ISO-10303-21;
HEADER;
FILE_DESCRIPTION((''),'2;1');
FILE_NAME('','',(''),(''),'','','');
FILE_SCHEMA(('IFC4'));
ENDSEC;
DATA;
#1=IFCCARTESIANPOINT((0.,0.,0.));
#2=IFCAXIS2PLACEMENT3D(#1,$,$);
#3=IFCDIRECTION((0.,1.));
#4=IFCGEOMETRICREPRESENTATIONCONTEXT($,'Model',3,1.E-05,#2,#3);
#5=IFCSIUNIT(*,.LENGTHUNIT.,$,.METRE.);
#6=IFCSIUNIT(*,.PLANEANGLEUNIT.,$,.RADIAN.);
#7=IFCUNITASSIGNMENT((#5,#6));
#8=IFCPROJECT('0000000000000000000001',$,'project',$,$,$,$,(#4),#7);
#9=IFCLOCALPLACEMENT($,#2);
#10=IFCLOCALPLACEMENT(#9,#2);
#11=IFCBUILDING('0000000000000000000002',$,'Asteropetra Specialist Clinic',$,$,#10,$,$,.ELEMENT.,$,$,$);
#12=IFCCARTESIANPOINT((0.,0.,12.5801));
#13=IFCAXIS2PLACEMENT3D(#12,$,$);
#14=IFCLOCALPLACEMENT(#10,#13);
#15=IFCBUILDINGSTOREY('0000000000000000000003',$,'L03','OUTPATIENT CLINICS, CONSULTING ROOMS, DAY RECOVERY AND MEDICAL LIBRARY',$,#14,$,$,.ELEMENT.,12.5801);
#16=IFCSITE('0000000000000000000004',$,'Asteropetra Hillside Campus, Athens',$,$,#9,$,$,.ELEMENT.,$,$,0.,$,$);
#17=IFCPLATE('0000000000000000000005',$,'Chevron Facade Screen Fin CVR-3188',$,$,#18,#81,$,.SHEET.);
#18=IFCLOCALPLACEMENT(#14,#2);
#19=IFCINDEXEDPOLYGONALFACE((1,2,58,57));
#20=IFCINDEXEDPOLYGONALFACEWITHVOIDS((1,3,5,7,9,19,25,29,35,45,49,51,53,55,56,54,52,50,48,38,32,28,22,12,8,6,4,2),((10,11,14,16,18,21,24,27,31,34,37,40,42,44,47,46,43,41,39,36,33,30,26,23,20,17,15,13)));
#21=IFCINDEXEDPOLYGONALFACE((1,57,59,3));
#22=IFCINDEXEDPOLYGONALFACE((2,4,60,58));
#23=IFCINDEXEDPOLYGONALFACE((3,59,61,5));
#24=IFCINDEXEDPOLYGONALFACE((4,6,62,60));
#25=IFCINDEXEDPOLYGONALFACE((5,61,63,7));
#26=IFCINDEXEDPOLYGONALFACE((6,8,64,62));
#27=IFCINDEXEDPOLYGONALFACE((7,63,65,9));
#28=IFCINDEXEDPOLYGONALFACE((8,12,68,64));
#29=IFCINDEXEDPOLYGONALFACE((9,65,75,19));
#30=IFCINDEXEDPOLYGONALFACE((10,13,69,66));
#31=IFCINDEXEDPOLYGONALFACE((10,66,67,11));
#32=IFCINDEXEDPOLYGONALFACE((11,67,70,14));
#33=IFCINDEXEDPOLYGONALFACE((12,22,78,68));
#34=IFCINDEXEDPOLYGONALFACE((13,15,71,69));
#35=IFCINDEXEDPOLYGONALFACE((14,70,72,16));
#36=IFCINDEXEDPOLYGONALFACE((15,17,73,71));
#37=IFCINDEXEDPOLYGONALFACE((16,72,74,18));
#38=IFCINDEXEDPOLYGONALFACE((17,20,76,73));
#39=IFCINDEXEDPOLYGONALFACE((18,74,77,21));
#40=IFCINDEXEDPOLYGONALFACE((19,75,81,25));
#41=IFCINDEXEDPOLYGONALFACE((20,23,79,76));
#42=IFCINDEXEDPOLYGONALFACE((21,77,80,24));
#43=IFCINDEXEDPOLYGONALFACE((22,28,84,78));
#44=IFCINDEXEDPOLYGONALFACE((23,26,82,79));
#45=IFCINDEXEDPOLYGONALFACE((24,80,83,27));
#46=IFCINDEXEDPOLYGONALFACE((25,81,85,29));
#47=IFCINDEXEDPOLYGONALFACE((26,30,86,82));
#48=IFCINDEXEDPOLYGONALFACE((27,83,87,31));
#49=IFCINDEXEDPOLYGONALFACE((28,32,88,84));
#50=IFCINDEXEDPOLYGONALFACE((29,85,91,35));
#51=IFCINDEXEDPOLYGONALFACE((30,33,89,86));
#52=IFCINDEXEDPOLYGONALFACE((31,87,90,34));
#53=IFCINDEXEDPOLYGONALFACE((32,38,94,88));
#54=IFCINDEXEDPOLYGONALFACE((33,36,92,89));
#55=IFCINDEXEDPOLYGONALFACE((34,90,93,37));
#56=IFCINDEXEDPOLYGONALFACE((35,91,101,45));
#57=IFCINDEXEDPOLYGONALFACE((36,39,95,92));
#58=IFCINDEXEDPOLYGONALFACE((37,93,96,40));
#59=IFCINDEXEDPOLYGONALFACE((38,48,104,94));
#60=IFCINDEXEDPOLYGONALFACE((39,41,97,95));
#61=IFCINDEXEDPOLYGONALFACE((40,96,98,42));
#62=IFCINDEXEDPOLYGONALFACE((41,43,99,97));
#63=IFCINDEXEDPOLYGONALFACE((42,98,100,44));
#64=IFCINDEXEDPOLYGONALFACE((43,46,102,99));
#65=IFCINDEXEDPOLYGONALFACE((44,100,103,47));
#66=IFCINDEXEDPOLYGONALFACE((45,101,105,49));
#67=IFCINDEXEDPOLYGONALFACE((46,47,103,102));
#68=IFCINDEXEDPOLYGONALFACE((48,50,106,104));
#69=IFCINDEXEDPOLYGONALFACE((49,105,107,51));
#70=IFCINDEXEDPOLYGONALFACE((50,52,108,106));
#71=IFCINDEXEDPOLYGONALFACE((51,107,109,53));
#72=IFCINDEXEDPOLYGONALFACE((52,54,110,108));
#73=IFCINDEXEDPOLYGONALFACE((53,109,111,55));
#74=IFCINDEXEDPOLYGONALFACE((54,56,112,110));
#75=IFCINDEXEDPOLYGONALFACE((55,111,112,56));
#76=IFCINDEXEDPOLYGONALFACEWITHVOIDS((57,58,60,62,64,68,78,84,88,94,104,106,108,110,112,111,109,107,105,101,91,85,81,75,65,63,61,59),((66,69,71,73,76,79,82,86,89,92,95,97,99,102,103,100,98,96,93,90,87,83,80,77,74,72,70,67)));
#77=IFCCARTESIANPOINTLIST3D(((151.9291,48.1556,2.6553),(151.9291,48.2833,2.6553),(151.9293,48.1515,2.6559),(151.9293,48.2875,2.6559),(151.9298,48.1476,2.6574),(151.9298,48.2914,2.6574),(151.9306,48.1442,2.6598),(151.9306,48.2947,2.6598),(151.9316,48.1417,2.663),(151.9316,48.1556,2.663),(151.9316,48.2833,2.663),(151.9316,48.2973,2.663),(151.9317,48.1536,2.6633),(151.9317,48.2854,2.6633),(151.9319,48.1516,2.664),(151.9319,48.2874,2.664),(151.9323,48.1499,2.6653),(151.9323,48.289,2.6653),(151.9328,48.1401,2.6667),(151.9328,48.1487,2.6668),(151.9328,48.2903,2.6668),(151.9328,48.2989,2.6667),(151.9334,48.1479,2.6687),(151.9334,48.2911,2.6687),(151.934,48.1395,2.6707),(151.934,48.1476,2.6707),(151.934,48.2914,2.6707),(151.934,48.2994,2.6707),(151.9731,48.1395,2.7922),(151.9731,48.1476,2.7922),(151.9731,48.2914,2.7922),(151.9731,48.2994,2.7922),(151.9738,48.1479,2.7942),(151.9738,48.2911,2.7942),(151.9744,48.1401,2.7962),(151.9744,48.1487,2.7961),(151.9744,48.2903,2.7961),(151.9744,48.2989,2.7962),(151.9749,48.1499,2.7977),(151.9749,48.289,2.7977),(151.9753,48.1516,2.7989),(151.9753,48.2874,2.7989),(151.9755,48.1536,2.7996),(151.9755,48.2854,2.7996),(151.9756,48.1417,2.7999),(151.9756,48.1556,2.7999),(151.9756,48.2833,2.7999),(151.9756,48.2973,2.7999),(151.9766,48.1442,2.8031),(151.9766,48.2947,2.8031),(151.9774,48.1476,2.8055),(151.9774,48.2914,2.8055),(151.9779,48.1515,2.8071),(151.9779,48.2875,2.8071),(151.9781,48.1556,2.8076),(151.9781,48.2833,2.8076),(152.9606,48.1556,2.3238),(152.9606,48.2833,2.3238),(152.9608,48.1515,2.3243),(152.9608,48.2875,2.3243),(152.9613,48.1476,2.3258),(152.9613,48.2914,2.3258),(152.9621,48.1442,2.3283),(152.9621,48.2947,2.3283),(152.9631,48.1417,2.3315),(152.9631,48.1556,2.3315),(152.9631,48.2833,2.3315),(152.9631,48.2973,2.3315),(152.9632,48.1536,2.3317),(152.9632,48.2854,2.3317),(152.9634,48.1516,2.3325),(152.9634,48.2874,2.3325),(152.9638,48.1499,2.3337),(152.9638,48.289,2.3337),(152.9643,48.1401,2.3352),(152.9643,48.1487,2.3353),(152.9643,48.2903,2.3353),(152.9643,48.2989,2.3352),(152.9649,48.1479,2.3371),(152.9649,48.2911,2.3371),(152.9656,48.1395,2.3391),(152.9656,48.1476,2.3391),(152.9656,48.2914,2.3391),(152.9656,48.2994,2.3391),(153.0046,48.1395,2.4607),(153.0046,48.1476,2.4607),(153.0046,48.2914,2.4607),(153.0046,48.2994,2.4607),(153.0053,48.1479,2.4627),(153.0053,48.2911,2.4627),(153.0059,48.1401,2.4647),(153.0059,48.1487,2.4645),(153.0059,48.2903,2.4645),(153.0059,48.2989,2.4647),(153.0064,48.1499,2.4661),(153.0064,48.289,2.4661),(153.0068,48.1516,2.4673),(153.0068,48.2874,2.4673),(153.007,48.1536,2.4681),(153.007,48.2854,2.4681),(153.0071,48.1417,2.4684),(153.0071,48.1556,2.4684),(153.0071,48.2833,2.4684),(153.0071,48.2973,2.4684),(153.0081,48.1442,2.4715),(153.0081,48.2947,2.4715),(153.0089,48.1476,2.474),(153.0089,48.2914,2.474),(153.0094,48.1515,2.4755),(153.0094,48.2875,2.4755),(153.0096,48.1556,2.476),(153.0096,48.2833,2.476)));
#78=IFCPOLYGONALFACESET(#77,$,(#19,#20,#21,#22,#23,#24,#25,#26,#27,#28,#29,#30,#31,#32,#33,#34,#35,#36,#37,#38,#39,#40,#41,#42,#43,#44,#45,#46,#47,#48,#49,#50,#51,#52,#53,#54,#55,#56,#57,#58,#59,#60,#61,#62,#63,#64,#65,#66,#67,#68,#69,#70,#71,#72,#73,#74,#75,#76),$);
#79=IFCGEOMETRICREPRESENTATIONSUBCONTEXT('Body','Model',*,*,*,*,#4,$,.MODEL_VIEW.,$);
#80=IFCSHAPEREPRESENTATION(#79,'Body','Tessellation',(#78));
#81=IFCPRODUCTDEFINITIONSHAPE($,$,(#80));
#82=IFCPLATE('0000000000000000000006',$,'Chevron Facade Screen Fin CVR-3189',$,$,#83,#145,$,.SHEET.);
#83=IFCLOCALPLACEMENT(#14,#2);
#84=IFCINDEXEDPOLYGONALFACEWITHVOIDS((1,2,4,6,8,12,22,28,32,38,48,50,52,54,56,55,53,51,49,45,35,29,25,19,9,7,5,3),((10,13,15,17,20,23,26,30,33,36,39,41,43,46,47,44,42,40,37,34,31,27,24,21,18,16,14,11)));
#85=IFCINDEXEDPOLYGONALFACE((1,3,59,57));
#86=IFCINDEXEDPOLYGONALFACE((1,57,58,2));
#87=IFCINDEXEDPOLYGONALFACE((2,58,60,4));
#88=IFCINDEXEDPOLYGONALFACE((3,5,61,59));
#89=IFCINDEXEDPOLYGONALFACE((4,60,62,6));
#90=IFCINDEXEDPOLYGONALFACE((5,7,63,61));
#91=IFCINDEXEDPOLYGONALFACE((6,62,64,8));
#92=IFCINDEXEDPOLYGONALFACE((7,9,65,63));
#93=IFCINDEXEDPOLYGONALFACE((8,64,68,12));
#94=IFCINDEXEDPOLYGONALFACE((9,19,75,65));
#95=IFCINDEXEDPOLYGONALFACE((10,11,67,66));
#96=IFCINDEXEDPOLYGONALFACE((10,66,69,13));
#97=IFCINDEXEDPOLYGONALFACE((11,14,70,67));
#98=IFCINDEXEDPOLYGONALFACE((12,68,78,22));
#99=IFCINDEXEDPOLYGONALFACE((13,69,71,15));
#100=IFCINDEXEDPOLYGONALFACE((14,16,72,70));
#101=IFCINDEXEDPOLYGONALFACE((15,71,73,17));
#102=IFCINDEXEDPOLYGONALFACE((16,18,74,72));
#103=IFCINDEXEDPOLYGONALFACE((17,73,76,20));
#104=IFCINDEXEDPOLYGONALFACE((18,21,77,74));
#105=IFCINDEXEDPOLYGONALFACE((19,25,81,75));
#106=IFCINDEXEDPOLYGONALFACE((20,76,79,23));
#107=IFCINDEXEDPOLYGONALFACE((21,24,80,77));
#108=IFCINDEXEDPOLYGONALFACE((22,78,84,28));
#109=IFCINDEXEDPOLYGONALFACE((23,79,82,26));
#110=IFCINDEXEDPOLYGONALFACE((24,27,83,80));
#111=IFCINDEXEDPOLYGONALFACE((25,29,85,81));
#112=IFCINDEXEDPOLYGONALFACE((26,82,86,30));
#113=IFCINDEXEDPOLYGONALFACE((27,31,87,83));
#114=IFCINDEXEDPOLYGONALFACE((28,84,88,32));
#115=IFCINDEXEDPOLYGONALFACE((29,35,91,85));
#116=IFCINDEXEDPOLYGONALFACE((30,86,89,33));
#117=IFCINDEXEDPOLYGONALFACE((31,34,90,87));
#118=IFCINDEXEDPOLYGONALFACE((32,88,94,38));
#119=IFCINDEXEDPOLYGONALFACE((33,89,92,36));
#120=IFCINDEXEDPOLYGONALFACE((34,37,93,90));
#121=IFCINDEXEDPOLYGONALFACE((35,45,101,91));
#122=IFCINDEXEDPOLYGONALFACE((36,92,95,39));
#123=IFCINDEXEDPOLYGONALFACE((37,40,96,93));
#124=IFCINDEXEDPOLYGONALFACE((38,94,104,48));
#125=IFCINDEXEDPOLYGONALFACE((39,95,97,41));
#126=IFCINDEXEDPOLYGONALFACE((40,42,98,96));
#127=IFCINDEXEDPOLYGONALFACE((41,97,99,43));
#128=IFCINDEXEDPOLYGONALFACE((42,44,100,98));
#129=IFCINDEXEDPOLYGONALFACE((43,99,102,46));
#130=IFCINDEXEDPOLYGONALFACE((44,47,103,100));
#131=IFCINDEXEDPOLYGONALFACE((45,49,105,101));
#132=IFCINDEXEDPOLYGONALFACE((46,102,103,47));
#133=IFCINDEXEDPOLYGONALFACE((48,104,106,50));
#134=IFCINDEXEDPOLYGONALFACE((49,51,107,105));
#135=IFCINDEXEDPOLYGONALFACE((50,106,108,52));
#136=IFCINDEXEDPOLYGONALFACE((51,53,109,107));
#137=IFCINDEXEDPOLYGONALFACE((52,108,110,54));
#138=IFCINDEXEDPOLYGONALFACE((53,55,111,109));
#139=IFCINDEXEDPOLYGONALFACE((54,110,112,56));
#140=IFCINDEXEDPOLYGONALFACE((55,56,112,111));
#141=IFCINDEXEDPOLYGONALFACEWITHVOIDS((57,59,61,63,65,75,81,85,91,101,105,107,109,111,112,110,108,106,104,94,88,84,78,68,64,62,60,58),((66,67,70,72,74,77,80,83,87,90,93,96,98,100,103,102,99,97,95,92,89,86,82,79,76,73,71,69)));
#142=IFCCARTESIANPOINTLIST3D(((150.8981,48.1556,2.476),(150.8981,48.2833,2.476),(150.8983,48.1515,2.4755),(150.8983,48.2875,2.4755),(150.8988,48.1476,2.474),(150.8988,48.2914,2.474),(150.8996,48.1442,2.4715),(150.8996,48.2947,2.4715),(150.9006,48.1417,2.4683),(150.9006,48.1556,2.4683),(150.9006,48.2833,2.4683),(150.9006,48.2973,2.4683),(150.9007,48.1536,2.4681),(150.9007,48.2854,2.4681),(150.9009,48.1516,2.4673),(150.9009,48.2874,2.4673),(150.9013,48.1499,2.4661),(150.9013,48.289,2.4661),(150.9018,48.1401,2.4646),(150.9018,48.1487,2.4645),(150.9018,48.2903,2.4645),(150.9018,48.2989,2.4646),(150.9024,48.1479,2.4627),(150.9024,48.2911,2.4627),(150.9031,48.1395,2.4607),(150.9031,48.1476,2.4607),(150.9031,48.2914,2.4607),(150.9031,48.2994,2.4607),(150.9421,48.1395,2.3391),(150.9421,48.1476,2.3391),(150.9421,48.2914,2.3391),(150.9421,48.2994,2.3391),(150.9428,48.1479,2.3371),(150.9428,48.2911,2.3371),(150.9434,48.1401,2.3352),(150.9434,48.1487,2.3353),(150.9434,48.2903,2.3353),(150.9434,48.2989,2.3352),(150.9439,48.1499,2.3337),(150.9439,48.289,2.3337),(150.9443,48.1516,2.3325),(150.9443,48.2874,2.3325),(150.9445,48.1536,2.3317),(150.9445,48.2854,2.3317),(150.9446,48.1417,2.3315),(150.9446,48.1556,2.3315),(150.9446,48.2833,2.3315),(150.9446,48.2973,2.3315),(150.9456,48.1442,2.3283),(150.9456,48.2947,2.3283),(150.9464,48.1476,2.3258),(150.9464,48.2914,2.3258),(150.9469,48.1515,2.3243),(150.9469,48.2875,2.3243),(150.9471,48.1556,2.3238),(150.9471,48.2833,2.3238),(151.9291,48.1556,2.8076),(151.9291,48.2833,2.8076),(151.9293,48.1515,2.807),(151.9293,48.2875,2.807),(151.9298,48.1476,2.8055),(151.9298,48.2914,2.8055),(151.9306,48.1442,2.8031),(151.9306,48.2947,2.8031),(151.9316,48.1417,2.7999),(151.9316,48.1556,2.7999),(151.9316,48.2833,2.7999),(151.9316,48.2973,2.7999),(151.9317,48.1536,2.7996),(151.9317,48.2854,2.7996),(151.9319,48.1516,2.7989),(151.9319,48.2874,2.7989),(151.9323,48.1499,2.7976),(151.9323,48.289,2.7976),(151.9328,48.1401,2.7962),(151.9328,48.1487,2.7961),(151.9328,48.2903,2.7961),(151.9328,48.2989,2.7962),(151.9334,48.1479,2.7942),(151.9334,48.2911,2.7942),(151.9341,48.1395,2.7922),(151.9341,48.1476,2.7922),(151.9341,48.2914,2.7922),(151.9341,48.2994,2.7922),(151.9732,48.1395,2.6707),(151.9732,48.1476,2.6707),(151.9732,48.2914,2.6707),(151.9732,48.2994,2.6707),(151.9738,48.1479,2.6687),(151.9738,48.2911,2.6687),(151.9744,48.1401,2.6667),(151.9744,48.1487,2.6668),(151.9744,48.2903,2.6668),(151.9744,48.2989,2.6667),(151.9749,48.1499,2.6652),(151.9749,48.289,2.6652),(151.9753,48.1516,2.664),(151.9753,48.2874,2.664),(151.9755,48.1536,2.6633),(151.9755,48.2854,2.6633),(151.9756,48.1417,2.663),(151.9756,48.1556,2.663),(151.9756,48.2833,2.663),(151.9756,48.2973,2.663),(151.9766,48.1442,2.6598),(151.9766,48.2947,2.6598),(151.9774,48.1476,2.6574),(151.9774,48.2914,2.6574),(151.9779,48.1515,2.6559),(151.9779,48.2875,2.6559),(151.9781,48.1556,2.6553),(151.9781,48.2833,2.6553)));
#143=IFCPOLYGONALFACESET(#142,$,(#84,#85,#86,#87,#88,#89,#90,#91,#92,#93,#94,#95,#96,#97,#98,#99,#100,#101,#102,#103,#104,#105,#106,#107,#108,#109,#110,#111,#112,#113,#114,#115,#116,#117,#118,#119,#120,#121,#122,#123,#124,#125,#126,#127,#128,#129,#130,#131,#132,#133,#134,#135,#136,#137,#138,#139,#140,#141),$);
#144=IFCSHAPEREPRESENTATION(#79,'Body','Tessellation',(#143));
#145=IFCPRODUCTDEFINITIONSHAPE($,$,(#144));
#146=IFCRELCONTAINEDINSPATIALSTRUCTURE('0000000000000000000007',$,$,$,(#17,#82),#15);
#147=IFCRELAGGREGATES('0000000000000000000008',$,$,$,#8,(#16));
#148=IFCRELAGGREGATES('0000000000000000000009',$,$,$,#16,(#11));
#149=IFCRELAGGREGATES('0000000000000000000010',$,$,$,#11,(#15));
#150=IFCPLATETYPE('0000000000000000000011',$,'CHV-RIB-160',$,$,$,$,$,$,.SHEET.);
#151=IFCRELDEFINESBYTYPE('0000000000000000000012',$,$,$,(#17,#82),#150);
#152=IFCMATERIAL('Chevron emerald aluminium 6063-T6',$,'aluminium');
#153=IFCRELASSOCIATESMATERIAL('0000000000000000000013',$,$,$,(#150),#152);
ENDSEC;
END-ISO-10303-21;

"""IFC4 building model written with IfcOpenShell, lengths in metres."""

from ifc_helpers import new_model, si_unit, direction, frame, origin, origin_2d, place, context, subcontext, project, spatial, hollow_rectangle, extrude, material, material_profile, profile_set, type_object, element, save


model = new_model("IFC4")

# Units and contexts
model_context = context("Model", 3, precision=1e-05, world=origin(), true_north=direction((0.0, 1.0)))
body_context = subcontext(model_context, "Body", "Model", "MODEL_VIEW")
ifc_project = project(units=[si_unit("LENGTHUNIT", "METRE"), si_unit("PLANEANGLEUNIT", "RADIAN")], contexts=[model_context])

# Site, building, storey
site_placement = place(None, origin())
site = spatial("IfcSite", under=ifc_project, at=site_placement, Name="Asteropetra Hillside Campus, Athens", CompositionType="ELEMENT", RefElevation=0.0)
building_placement = place(site_placement, origin())
building = spatial("IfcBuilding", under=site, at=building_placement, Name="Asteropetra Specialist Clinic", CompositionType="ELEMENT")
storey_placement = place(building_placement, frame((0.0, 0.0, 12.5801)))
storey = spatial("IfcBuildingStorey", under=building, at=storey_placement, Name="L03", Description="OUTPATIENT CLINICS, CONSULTING ROOMS, DAY RECOVERY AND MEDICAL LIBRARY", CompositionType="ELEMENT", Elevation=12.5801)

# Plates
ifc_material_1 = material(Name="Chevron emerald aluminium 6063-T6", Category="aluminium")
ifc_material_profile_1 = material_profile(ifc_material_1, hollow_rectangle(XDim=0.1599, YDim=0.1599, WallThickness=0.0081, InnerFilletRadius=0.0081, OuterFilletRadius=0.0161, at=origin_2d()), Name="SHS 160x160x8.0")
ifc_profile_set_1 = profile_set([ifc_material_profile_1], Name="Chevron emerald aluminium 6063-T6")
plate_type_1 = type_object("IfcPlateType", Name="CHV-RIB-160", PredefinedType="SHEET", material=ifc_profile_set_1)
plate_1_placement = place(storey_placement, frame((152.9851, 48.2195, 2.3999), z_axis=(-0.952031, 0.0, 0.306002), x_axis=(0.0, -1.0, 0.0)))
element("IfcPlate", 1, at=plate_1_placement, inside=storey, type_object=plate_type_1, Name="Chevron Facade Screen Fin CVR-3188", PredefinedType="SHEET", context=body_context, shape_type="SweptSolid", body=[
    extrude(hollow_rectangle(XDim=0.1599, YDim=0.1599, WallThickness=0.0081, InnerFilletRadius=0.0081, OuterFilletRadius=0.0161, at=origin_2d()), origin(), (0.0, 0.0, 1.0), 1.0835),
])
plate_2_placement = place(storey_placement, frame((151.9536, 48.2195, 2.7314), z_axis=(-0.951989, 0.0, -0.306133), x_axis=(0.0, -1.0, 0.0)))
element("IfcPlate", 2, at=plate_2_placement, inside=storey, type_object=plate_type_1, Name="Chevron Facade Screen Fin CVR-3189", PredefinedType="SHEET", context=body_context, shape_type="SweptSolid", body=[
    extrude(hollow_rectangle(XDim=0.1599, YDim=0.1599, WallThickness=0.0081, InnerFilletRadius=0.0081, OuterFilletRadius=0.0161, at=origin_2d()), origin(), (0.0, 0.0, 1.0), 1.083),
])

save(model, "model.ifc")
